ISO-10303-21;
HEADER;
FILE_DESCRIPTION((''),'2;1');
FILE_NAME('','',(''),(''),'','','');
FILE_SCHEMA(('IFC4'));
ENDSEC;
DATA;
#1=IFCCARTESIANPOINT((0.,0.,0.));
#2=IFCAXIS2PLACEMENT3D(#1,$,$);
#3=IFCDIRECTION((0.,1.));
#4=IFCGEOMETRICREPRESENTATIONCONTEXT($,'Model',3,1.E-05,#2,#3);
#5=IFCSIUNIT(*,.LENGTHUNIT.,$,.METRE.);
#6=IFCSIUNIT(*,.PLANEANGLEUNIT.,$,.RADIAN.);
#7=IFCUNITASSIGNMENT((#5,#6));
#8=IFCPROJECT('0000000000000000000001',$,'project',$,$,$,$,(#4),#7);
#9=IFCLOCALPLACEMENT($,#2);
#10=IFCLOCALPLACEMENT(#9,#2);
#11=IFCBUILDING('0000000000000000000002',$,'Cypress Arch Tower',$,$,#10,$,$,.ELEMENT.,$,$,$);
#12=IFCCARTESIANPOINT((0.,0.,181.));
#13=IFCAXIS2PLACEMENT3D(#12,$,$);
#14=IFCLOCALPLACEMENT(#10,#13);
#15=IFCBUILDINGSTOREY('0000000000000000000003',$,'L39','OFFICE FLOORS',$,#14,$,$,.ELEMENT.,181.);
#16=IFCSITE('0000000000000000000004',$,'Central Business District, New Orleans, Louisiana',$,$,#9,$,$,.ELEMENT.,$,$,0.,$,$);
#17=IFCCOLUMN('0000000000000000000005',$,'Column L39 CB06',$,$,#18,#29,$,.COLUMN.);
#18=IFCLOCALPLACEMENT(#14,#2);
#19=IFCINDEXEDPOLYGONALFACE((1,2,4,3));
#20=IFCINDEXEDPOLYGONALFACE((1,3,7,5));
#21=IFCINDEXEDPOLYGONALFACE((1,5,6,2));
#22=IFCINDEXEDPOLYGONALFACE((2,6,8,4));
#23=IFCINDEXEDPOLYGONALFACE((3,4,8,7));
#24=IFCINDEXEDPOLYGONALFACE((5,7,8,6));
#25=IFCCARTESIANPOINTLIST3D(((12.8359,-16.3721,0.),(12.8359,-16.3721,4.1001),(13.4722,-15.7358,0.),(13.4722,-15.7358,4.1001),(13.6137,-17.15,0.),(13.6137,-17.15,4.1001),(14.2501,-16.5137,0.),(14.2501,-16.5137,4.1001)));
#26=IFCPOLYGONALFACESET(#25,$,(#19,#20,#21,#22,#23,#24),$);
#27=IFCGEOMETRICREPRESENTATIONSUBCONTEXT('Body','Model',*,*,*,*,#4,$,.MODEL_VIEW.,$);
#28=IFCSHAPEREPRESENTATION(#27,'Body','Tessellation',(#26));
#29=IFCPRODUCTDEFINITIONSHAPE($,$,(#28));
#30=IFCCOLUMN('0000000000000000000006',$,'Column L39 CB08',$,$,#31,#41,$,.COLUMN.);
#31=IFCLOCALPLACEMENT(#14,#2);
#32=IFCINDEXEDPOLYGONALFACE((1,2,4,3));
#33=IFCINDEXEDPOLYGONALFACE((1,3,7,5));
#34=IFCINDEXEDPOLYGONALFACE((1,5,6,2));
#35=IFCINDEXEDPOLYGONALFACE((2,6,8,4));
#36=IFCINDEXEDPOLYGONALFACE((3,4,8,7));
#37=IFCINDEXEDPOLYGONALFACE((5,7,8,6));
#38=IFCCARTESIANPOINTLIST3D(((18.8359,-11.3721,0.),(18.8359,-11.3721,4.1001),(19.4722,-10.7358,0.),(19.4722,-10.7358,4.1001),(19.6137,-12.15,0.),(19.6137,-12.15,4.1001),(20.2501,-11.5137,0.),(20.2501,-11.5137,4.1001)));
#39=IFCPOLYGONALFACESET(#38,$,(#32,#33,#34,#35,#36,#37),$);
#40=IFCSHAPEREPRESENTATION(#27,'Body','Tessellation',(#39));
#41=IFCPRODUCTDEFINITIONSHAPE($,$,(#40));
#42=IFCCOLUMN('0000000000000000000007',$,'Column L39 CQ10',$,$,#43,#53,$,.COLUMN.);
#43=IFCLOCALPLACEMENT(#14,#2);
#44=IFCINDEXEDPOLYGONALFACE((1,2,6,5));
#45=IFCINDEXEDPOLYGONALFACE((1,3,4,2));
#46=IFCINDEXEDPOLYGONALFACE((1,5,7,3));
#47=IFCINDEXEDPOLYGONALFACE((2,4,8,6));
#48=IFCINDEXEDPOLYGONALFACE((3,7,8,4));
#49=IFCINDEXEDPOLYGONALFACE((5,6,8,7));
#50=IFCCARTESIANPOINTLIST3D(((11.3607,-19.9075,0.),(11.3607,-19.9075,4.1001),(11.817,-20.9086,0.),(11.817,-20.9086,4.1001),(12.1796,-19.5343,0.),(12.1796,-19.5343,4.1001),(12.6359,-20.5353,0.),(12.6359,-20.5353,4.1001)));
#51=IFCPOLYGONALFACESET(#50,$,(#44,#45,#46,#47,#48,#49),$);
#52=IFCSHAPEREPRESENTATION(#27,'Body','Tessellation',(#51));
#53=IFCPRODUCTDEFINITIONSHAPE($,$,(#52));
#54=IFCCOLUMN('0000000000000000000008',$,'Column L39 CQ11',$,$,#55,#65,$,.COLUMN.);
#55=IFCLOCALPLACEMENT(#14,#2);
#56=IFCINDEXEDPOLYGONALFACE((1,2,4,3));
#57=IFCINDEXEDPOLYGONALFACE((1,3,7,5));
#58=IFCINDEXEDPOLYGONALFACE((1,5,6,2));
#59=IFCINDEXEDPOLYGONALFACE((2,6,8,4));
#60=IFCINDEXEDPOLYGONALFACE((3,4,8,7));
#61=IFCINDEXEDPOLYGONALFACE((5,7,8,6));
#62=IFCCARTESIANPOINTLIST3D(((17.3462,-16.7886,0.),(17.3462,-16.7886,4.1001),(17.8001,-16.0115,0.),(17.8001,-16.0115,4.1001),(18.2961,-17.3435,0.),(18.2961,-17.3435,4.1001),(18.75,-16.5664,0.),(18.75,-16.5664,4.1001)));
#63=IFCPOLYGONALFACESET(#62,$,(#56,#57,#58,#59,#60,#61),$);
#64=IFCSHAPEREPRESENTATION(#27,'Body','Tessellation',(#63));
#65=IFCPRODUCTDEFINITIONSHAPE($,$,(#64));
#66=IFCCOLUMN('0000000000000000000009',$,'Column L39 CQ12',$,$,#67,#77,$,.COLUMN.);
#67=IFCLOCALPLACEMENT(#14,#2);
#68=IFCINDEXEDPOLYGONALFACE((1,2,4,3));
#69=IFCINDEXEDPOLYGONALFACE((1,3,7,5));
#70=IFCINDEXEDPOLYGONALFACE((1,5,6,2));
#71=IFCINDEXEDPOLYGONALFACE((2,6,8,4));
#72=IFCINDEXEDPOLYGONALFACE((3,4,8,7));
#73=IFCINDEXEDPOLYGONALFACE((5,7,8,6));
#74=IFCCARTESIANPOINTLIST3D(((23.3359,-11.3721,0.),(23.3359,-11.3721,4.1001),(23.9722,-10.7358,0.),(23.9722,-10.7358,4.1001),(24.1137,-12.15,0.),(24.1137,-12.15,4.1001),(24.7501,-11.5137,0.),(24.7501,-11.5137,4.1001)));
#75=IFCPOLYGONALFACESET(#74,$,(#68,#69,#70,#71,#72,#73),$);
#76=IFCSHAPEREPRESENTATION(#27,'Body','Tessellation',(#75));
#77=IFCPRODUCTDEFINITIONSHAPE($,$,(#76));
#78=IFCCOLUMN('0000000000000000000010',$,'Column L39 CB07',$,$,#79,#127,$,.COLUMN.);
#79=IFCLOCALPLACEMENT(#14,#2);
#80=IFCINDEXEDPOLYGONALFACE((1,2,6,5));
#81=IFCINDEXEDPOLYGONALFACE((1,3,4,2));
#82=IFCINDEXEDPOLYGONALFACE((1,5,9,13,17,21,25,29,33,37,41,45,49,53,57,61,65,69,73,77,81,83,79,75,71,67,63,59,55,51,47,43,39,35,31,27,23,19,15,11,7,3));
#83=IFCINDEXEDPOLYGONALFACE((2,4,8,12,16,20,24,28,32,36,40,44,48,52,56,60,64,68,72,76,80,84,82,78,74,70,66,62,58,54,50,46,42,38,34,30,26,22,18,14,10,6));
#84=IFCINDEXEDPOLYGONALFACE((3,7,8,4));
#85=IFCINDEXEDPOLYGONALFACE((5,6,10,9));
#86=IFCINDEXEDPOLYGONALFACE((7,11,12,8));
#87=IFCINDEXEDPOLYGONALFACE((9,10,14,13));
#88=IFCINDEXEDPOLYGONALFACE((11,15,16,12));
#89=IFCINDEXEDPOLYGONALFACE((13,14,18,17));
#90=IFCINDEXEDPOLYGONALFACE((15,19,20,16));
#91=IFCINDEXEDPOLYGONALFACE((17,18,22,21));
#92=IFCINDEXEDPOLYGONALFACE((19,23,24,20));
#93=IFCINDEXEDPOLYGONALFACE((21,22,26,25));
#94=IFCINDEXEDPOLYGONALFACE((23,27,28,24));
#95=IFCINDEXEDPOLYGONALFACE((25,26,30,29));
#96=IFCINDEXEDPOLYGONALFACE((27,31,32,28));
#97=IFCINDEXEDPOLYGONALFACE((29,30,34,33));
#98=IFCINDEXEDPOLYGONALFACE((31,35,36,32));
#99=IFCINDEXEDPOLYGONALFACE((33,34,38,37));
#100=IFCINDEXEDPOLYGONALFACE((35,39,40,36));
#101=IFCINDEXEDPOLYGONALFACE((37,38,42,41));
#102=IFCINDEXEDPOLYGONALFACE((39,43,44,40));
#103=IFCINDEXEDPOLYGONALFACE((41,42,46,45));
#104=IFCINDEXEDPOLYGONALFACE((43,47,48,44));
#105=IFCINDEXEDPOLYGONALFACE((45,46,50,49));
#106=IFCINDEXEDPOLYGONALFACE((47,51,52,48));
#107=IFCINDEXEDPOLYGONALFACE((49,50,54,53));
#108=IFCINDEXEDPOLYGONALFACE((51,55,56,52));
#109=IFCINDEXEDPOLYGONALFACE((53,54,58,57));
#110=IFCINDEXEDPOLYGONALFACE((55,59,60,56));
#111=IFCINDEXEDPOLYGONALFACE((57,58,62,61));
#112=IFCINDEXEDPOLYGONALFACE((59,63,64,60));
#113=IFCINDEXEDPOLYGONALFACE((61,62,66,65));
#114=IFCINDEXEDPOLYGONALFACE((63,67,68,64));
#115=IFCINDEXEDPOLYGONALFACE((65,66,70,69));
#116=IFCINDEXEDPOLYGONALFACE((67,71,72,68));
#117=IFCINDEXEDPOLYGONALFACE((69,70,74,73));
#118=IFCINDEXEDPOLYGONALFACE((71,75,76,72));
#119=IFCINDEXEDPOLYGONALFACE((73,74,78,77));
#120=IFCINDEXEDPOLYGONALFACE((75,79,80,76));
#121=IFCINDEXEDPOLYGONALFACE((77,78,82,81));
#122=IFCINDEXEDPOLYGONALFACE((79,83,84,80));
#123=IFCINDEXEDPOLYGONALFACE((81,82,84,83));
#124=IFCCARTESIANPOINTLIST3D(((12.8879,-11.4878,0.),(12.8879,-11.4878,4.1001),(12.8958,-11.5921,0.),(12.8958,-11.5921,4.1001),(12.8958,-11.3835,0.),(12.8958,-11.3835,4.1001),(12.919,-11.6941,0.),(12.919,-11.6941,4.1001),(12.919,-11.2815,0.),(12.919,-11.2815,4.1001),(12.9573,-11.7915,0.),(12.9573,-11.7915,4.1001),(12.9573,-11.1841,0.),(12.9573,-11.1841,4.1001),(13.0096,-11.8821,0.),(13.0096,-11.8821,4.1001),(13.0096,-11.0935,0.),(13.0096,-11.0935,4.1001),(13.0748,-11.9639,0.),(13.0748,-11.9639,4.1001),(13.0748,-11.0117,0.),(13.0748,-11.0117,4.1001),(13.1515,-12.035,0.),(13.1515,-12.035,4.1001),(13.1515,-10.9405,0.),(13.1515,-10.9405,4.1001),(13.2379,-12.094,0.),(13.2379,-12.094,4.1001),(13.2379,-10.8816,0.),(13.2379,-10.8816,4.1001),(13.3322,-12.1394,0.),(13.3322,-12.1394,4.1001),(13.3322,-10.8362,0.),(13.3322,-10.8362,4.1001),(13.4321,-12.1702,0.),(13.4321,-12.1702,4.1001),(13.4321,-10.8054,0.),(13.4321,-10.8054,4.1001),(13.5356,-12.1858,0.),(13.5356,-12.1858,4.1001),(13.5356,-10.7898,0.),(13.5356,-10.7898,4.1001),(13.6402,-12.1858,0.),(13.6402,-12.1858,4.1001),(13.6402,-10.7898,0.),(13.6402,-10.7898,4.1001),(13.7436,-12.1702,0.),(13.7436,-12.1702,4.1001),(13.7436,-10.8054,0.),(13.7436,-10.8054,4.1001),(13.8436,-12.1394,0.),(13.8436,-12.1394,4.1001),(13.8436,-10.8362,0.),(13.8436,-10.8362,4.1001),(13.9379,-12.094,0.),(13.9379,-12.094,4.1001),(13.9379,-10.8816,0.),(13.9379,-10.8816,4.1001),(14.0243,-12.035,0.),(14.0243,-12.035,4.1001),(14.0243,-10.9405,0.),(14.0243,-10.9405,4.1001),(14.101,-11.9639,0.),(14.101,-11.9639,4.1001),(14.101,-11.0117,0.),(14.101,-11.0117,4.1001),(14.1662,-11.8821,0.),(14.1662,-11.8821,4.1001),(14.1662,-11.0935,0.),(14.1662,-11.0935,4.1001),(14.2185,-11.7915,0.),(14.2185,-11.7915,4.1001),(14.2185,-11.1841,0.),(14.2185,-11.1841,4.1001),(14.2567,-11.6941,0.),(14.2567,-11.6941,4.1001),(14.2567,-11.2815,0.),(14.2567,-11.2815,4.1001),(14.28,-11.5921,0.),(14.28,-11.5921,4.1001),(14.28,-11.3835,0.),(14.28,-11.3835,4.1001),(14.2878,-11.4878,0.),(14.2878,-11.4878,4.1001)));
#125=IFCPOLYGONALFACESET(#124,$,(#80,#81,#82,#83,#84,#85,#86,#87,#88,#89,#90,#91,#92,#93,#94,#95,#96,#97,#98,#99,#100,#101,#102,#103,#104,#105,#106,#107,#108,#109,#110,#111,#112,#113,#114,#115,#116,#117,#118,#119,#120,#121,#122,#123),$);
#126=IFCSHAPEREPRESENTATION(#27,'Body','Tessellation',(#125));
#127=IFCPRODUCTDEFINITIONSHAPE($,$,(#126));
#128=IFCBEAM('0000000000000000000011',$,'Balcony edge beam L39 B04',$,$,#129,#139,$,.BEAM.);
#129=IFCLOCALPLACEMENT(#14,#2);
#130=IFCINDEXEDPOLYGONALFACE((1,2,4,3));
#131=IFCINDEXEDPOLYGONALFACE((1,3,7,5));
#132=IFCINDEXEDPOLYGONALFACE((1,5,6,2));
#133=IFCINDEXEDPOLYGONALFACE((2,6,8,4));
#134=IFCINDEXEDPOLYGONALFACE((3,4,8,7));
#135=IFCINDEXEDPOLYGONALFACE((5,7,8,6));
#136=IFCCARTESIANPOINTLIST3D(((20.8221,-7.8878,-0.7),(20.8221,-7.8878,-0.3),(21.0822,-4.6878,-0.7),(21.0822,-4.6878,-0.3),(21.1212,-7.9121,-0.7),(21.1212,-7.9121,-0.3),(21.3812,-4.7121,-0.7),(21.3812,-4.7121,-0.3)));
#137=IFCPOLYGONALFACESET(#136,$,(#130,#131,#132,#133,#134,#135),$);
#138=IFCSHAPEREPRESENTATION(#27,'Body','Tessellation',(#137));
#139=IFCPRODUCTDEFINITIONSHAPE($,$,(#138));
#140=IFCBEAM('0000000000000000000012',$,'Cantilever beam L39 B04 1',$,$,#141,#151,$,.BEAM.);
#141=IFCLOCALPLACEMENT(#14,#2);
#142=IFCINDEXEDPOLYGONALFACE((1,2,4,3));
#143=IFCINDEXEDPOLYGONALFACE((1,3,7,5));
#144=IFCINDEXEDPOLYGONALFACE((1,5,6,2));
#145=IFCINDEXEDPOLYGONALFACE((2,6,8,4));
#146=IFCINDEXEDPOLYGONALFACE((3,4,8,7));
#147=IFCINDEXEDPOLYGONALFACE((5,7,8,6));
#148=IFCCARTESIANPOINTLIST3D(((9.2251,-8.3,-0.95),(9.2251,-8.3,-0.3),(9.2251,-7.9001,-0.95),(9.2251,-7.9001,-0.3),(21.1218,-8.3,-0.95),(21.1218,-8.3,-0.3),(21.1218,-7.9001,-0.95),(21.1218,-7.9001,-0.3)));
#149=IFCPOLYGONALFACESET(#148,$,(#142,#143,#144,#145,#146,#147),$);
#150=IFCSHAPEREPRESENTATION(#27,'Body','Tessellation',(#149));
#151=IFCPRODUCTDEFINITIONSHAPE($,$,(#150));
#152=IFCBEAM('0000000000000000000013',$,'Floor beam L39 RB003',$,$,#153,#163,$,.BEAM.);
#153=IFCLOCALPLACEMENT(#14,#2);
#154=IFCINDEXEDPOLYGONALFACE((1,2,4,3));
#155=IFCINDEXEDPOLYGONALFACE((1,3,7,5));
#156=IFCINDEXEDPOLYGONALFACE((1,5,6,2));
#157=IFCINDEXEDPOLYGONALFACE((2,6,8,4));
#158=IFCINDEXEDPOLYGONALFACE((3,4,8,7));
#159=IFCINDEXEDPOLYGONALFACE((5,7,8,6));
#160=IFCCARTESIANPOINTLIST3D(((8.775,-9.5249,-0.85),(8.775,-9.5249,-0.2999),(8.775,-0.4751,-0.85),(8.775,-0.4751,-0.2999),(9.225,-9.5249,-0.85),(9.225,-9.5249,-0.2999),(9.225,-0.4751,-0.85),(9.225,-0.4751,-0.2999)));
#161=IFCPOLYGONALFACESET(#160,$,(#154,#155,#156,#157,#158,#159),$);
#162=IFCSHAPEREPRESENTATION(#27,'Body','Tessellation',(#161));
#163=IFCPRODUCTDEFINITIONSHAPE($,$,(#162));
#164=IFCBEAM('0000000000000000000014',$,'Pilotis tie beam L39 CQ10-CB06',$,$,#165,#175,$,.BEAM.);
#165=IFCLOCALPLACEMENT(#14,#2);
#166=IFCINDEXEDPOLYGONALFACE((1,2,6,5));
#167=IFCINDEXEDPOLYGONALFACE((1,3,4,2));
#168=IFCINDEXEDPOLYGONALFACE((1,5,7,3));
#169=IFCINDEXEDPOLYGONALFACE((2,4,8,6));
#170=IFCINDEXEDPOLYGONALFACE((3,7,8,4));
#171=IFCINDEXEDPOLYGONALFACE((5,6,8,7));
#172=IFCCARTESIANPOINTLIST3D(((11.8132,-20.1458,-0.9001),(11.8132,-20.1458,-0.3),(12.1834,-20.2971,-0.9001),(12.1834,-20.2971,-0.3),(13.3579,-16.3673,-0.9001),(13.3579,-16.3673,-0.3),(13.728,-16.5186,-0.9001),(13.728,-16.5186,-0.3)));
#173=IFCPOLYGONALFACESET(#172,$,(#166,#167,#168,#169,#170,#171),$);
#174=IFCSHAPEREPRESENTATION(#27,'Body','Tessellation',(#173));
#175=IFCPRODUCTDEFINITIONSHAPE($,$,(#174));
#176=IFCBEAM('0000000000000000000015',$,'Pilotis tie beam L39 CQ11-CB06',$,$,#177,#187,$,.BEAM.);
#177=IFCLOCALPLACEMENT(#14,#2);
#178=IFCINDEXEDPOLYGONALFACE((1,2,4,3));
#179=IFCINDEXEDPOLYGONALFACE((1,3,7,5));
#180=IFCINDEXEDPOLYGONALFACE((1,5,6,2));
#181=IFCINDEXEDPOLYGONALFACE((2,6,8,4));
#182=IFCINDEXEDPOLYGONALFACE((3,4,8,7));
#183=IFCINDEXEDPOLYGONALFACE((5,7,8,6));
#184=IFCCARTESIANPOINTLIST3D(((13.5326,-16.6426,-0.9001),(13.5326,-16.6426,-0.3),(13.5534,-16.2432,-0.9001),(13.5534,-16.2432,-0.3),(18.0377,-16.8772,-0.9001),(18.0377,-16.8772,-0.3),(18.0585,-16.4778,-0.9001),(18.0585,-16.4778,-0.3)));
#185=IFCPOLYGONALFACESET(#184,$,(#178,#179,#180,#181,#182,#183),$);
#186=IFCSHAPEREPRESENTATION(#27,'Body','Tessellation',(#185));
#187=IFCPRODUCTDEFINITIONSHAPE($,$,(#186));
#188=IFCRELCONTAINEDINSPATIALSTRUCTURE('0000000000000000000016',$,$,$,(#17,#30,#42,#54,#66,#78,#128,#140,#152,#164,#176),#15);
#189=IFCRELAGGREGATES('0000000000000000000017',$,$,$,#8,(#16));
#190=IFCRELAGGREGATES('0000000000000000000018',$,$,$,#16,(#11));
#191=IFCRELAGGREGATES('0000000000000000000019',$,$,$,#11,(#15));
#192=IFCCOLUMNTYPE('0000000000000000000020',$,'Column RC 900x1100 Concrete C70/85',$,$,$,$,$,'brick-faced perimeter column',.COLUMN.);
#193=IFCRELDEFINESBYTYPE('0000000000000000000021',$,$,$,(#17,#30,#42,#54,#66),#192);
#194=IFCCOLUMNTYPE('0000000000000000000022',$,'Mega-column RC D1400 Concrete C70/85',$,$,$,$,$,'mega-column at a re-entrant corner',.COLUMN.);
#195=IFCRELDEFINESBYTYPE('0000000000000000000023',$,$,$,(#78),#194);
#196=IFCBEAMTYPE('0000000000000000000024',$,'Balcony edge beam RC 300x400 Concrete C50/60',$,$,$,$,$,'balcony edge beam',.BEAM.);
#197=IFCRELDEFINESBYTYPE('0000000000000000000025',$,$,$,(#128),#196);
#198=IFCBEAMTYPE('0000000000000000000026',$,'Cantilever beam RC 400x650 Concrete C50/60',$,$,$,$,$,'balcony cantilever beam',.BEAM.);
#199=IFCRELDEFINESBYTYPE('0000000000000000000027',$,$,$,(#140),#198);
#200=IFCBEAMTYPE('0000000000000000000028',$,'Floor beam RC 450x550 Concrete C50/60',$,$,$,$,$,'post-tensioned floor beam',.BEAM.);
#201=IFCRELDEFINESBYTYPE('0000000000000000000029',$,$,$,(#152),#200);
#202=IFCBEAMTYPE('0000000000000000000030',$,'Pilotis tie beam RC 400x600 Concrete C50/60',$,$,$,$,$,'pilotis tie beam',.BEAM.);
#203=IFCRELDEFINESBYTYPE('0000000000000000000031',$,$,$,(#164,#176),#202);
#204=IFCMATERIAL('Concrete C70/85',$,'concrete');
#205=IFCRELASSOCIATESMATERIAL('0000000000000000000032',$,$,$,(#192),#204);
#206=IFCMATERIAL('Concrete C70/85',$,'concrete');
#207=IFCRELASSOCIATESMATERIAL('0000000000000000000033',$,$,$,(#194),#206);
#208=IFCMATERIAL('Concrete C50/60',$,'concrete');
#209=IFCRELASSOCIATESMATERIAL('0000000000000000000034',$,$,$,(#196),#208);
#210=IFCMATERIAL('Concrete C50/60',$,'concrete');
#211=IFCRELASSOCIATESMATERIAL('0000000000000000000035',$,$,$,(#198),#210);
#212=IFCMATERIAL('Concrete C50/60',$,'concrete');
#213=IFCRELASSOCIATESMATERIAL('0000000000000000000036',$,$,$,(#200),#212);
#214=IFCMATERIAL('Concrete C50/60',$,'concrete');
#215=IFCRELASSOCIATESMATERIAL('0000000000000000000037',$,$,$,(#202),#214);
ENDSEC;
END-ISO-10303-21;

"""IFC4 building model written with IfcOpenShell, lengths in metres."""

from ifc_helpers import new_model, si_unit, direction, frame, origin, origin_2d, place, context, subcontext, project, spatial, rectangle, circle, extrude, material, material_profile, profile_set, type_object, element, save


model = new_model("IFC4")

# Units and contexts
model_context = context("Model", 3, precision=1e-05, world=origin(), true_north=direction((0.0, 1.0)))
body_context = subcontext(model_context, "Body", "Model", "MODEL_VIEW")
ifc_project = project(units=[si_unit("LENGTHUNIT", "METRE"), si_unit("PLANEANGLEUNIT", "RADIAN")], contexts=[model_context])

# Site, building, storey
site_placement = place(None, origin())
site = spatial("IfcSite", under=ifc_project, at=site_placement, Name="Central Business District, New Orleans, Louisiana", CompositionType="ELEMENT", RefElevation=0.0)
building_placement = place(site_placement, origin())
building = spatial("IfcBuilding", under=site, at=building_placement, Name="Cypress Arch Tower", CompositionType="ELEMENT")
storey_placement = place(building_placement, frame((0.0, 0.0, 181.0)))
storey = spatial("IfcBuildingStorey", under=building, at=storey_placement, Name="L39", Description="OFFICE FLOORS", CompositionType="ELEMENT", Elevation=181.0)

# Columns
ifc_material_1 = material(Name="Concrete C70/85", Category="concrete")
ifc_material_profile_1 = material_profile(ifc_material_1, rectangle(XDim=0.8999, YDim=1.1001, at=origin_2d()), Name="RC 900x1100")
ifc_profile_set_1 = profile_set([ifc_material_profile_1], Name="Concrete C70/85")
column_type_1 = type_object("IfcColumnType", Name="Column RC 900x1100 Concrete C70/85", ElementType="brick-faced perimeter column", PredefinedType="COLUMN", material=ifc_profile_set_1)
for number, where, z_axis, x_axis, name in (
    (1, (13.543, -16.4429, 0.0), (0.0, 0.0, 1.0), (0.707107, 0.707107, 0.0), "Column L39 CB06"),
    (2, (19.543, -11.4429, 0.0), (0.0, 0.0, 1.0), (0.707107, 0.707107, 0.0), "Column L39 CB08"),
    (3, (11.9983, -20.2214, 0.0), (0.0, 0.0, 1.0), (0.909932, 0.414757, 0.0), "Column L39 CQ10"),
    (4, (18.0481, -16.6775, 0.0), (0.0, 0.0, 1.0), (0.504399, 0.863471, 0.0), "Column L39 CQ11"),
    (5, (24.043, -11.4429, 0.0), (0.0, 0.0, 1.0), (0.707107, 0.707107, 0.0), "Column L39 CQ12"),
):
    element("IfcColumn", number, at=place(storey_placement, frame(where, z_axis=z_axis, x_axis=x_axis)), inside=storey, type_object=column_type_1, Name=name, PredefinedType="COLUMN", context=body_context, shape_type="SweptSolid", body=[
        extrude(rectangle(XDim=0.8999, YDim=1.1001, at=origin_2d()), origin(), (0.0, 0.0, 1.0), 4.1001),
    ])
ifc_material_2 = material(Name="Concrete C70/85", Category="concrete")
ifc_material_profile_2 = material_profile(ifc_material_2, circle(Radius=0.7, at=origin_2d()), Name="RC D1400")
ifc_profile_set_2 = profile_set([ifc_material_profile_2], Name="Concrete C70/85")
column_type_2 = type_object("IfcColumnType", Name="Mega-column RC D1400 Concrete C70/85", ElementType="mega-column at a re-entrant corner", PredefinedType="COLUMN", material=ifc_profile_set_2)
column_placement = place(storey_placement, frame((13.5879, -11.4878, 0.0), z_axis=(0.0, 0.0, 1.0), x_axis=(1.0, 0.0, 0.0)))
element("IfcColumn", 6, at=column_placement, inside=storey, type_object=column_type_2, Name="Column L39 CB07", PredefinedType="COLUMN", context=body_context, shape_type="SweptSolid", body=[
    extrude(circle(Radius=0.7, at=origin_2d()), origin(), (0.0, 0.0, 1.0), 4.1001),
])

# Beams
ifc_material_3 = material(Name="Concrete C50/60", Category="concrete")
ifc_material_profile_3 = material_profile(ifc_material_3, rectangle(XDim=0.3, YDim=0.3999, at=origin_2d()), Name="RC 300x400")
ifc_profile_set_3 = profile_set([ifc_material_profile_3], Name="Concrete C50/60")
beam_type_1 = type_object("IfcBeamType", Name="Balcony edge beam RC 300x400 Concrete C50/60", ElementType="balcony edge beam", PredefinedType="BEAM", material=ifc_profile_set_3)
beam_1_placement = place(storey_placement, frame((20.9717, -7.8999, -0.5), z_axis=(0.080987, 0.996715, 0.0), x_axis=(-0.996715, 0.080987, 0.0)))
element("IfcBeam", 7, at=beam_1_placement, inside=storey, type_object=beam_type_1, Name="Balcony edge beam L39 B04", PredefinedType="BEAM", context=body_context, shape_type="SweptSolid", body=[
    extrude(rectangle(XDim=0.3, YDim=0.3999, at=origin_2d()), origin(), (0.0, 0.0, 1.0), 3.2104),
])
ifc_material_4 = material(Name="Concrete C50/60", Category="concrete")
ifc_material_profile_4 = material_profile(ifc_material_4, rectangle(XDim=0.3999, YDim=0.6499, at=origin_2d()), Name="RC 400x650")
ifc_profile_set_4 = profile_set([ifc_material_profile_4], Name="Concrete C50/60")
beam_type_2 = type_object("IfcBeamType", Name="Cantilever beam RC 400x650 Concrete C50/60", ElementType="balcony cantilever beam", PredefinedType="BEAM", material=ifc_profile_set_4)
beam_2_placement = place(storey_placement, frame((9.2251, -8.1001, -0.625), z_axis=(1.0, 0.0, 0.0), x_axis=(0.0, 1.0, 0.0)))
element("IfcBeam", 8, at=beam_2_placement, inside=storey, type_object=beam_type_2, Name="Cantilever beam L39 B04 1", PredefinedType="BEAM", context=body_context, shape_type="SweptSolid", body=[
    extrude(rectangle(XDim=0.3999, YDim=0.6499, at=origin_2d()), origin(), (0.0, 0.0, 1.0), 11.8967),
])
ifc_material_5 = material(Name="Concrete C50/60", Category="concrete")
ifc_material_profile_5 = material_profile(ifc_material_5, rectangle(XDim=0.45, YDim=0.55, at=origin_2d()), Name="RC 450x550")
ifc_profile_set_5 = profile_set([ifc_material_profile_5], Name="Concrete C50/60")
beam_type_3 = type_object("IfcBeamType", Name="Floor beam RC 450x550 Concrete C50/60", ElementType="post-tensioned floor beam", PredefinedType="BEAM", material=ifc_profile_set_5)
beam_3_placement = place(storey_placement, frame((9.0, -9.5249, -0.575), z_axis=(0.0, 1.0, 0.0), x_axis=(-1.0, 0.0, 0.0)))
element("IfcBeam", 9, at=beam_3_placement, inside=storey, type_object=beam_type_3, Name="Floor beam L39 RB003", PredefinedType="BEAM", context=body_context, shape_type="SweptSolid", body=[
    extrude(rectangle(XDim=0.45, YDim=0.55, at=origin_2d()), origin(), (0.0, 0.0, 1.0), 9.0498),
])
ifc_material_6 = material(Name="Concrete C50/60", Category="concrete")
ifc_material_profile_6 = material_profile(ifc_material_6, rectangle(XDim=0.3999, YDim=0.6001, at=origin_2d()), Name="RC 400x600")
ifc_profile_set_6 = profile_set([ifc_material_profile_6], Name="Concrete C50/60")
beam_type_4 = type_object("IfcBeamType", Name="Pilotis tie beam RC 400x600 Concrete C50/60", ElementType="pilotis tie beam", PredefinedType="BEAM", material=ifc_profile_set_6)
beam_4_placement = place(storey_placement, frame((11.9983, -20.2214, -0.6001), z_axis=(0.378402, 0.925641, 0.0), x_axis=(-0.925641, 0.378402, 0.0)))
element("IfcBeam", 10, at=beam_4_placement, inside=storey, type_object=beam_type_4, Name="Pilotis tie beam L39 CQ10-CB06", PredefinedType="BEAM", context=body_context, shape_type="SweptSolid", body=[
    extrude(rectangle(XDim=0.3999, YDim=0.6001, at=origin_2d()), origin(), (0.0, 0.0, 1.0), 4.082),
])
beam_5_placement = place(storey_placement, frame((18.0481, -16.6775, -0.6001), z_axis=(-0.998647, 0.052008, 0.0), x_axis=(-0.052008, -0.998647, 0.0)))
element("IfcBeam", 11, at=beam_5_placement, inside=storey, type_object=beam_type_4, Name="Pilotis tie beam L39 CQ11-CB06", PredefinedType="BEAM", context=body_context, shape_type="SweptSolid", body=[
    extrude(rectangle(XDim=0.3999, YDim=0.6001, at=origin_2d()), origin(), (0.0, 0.0, 1.0), 4.5112),
])

save(model, "model.ifc")
